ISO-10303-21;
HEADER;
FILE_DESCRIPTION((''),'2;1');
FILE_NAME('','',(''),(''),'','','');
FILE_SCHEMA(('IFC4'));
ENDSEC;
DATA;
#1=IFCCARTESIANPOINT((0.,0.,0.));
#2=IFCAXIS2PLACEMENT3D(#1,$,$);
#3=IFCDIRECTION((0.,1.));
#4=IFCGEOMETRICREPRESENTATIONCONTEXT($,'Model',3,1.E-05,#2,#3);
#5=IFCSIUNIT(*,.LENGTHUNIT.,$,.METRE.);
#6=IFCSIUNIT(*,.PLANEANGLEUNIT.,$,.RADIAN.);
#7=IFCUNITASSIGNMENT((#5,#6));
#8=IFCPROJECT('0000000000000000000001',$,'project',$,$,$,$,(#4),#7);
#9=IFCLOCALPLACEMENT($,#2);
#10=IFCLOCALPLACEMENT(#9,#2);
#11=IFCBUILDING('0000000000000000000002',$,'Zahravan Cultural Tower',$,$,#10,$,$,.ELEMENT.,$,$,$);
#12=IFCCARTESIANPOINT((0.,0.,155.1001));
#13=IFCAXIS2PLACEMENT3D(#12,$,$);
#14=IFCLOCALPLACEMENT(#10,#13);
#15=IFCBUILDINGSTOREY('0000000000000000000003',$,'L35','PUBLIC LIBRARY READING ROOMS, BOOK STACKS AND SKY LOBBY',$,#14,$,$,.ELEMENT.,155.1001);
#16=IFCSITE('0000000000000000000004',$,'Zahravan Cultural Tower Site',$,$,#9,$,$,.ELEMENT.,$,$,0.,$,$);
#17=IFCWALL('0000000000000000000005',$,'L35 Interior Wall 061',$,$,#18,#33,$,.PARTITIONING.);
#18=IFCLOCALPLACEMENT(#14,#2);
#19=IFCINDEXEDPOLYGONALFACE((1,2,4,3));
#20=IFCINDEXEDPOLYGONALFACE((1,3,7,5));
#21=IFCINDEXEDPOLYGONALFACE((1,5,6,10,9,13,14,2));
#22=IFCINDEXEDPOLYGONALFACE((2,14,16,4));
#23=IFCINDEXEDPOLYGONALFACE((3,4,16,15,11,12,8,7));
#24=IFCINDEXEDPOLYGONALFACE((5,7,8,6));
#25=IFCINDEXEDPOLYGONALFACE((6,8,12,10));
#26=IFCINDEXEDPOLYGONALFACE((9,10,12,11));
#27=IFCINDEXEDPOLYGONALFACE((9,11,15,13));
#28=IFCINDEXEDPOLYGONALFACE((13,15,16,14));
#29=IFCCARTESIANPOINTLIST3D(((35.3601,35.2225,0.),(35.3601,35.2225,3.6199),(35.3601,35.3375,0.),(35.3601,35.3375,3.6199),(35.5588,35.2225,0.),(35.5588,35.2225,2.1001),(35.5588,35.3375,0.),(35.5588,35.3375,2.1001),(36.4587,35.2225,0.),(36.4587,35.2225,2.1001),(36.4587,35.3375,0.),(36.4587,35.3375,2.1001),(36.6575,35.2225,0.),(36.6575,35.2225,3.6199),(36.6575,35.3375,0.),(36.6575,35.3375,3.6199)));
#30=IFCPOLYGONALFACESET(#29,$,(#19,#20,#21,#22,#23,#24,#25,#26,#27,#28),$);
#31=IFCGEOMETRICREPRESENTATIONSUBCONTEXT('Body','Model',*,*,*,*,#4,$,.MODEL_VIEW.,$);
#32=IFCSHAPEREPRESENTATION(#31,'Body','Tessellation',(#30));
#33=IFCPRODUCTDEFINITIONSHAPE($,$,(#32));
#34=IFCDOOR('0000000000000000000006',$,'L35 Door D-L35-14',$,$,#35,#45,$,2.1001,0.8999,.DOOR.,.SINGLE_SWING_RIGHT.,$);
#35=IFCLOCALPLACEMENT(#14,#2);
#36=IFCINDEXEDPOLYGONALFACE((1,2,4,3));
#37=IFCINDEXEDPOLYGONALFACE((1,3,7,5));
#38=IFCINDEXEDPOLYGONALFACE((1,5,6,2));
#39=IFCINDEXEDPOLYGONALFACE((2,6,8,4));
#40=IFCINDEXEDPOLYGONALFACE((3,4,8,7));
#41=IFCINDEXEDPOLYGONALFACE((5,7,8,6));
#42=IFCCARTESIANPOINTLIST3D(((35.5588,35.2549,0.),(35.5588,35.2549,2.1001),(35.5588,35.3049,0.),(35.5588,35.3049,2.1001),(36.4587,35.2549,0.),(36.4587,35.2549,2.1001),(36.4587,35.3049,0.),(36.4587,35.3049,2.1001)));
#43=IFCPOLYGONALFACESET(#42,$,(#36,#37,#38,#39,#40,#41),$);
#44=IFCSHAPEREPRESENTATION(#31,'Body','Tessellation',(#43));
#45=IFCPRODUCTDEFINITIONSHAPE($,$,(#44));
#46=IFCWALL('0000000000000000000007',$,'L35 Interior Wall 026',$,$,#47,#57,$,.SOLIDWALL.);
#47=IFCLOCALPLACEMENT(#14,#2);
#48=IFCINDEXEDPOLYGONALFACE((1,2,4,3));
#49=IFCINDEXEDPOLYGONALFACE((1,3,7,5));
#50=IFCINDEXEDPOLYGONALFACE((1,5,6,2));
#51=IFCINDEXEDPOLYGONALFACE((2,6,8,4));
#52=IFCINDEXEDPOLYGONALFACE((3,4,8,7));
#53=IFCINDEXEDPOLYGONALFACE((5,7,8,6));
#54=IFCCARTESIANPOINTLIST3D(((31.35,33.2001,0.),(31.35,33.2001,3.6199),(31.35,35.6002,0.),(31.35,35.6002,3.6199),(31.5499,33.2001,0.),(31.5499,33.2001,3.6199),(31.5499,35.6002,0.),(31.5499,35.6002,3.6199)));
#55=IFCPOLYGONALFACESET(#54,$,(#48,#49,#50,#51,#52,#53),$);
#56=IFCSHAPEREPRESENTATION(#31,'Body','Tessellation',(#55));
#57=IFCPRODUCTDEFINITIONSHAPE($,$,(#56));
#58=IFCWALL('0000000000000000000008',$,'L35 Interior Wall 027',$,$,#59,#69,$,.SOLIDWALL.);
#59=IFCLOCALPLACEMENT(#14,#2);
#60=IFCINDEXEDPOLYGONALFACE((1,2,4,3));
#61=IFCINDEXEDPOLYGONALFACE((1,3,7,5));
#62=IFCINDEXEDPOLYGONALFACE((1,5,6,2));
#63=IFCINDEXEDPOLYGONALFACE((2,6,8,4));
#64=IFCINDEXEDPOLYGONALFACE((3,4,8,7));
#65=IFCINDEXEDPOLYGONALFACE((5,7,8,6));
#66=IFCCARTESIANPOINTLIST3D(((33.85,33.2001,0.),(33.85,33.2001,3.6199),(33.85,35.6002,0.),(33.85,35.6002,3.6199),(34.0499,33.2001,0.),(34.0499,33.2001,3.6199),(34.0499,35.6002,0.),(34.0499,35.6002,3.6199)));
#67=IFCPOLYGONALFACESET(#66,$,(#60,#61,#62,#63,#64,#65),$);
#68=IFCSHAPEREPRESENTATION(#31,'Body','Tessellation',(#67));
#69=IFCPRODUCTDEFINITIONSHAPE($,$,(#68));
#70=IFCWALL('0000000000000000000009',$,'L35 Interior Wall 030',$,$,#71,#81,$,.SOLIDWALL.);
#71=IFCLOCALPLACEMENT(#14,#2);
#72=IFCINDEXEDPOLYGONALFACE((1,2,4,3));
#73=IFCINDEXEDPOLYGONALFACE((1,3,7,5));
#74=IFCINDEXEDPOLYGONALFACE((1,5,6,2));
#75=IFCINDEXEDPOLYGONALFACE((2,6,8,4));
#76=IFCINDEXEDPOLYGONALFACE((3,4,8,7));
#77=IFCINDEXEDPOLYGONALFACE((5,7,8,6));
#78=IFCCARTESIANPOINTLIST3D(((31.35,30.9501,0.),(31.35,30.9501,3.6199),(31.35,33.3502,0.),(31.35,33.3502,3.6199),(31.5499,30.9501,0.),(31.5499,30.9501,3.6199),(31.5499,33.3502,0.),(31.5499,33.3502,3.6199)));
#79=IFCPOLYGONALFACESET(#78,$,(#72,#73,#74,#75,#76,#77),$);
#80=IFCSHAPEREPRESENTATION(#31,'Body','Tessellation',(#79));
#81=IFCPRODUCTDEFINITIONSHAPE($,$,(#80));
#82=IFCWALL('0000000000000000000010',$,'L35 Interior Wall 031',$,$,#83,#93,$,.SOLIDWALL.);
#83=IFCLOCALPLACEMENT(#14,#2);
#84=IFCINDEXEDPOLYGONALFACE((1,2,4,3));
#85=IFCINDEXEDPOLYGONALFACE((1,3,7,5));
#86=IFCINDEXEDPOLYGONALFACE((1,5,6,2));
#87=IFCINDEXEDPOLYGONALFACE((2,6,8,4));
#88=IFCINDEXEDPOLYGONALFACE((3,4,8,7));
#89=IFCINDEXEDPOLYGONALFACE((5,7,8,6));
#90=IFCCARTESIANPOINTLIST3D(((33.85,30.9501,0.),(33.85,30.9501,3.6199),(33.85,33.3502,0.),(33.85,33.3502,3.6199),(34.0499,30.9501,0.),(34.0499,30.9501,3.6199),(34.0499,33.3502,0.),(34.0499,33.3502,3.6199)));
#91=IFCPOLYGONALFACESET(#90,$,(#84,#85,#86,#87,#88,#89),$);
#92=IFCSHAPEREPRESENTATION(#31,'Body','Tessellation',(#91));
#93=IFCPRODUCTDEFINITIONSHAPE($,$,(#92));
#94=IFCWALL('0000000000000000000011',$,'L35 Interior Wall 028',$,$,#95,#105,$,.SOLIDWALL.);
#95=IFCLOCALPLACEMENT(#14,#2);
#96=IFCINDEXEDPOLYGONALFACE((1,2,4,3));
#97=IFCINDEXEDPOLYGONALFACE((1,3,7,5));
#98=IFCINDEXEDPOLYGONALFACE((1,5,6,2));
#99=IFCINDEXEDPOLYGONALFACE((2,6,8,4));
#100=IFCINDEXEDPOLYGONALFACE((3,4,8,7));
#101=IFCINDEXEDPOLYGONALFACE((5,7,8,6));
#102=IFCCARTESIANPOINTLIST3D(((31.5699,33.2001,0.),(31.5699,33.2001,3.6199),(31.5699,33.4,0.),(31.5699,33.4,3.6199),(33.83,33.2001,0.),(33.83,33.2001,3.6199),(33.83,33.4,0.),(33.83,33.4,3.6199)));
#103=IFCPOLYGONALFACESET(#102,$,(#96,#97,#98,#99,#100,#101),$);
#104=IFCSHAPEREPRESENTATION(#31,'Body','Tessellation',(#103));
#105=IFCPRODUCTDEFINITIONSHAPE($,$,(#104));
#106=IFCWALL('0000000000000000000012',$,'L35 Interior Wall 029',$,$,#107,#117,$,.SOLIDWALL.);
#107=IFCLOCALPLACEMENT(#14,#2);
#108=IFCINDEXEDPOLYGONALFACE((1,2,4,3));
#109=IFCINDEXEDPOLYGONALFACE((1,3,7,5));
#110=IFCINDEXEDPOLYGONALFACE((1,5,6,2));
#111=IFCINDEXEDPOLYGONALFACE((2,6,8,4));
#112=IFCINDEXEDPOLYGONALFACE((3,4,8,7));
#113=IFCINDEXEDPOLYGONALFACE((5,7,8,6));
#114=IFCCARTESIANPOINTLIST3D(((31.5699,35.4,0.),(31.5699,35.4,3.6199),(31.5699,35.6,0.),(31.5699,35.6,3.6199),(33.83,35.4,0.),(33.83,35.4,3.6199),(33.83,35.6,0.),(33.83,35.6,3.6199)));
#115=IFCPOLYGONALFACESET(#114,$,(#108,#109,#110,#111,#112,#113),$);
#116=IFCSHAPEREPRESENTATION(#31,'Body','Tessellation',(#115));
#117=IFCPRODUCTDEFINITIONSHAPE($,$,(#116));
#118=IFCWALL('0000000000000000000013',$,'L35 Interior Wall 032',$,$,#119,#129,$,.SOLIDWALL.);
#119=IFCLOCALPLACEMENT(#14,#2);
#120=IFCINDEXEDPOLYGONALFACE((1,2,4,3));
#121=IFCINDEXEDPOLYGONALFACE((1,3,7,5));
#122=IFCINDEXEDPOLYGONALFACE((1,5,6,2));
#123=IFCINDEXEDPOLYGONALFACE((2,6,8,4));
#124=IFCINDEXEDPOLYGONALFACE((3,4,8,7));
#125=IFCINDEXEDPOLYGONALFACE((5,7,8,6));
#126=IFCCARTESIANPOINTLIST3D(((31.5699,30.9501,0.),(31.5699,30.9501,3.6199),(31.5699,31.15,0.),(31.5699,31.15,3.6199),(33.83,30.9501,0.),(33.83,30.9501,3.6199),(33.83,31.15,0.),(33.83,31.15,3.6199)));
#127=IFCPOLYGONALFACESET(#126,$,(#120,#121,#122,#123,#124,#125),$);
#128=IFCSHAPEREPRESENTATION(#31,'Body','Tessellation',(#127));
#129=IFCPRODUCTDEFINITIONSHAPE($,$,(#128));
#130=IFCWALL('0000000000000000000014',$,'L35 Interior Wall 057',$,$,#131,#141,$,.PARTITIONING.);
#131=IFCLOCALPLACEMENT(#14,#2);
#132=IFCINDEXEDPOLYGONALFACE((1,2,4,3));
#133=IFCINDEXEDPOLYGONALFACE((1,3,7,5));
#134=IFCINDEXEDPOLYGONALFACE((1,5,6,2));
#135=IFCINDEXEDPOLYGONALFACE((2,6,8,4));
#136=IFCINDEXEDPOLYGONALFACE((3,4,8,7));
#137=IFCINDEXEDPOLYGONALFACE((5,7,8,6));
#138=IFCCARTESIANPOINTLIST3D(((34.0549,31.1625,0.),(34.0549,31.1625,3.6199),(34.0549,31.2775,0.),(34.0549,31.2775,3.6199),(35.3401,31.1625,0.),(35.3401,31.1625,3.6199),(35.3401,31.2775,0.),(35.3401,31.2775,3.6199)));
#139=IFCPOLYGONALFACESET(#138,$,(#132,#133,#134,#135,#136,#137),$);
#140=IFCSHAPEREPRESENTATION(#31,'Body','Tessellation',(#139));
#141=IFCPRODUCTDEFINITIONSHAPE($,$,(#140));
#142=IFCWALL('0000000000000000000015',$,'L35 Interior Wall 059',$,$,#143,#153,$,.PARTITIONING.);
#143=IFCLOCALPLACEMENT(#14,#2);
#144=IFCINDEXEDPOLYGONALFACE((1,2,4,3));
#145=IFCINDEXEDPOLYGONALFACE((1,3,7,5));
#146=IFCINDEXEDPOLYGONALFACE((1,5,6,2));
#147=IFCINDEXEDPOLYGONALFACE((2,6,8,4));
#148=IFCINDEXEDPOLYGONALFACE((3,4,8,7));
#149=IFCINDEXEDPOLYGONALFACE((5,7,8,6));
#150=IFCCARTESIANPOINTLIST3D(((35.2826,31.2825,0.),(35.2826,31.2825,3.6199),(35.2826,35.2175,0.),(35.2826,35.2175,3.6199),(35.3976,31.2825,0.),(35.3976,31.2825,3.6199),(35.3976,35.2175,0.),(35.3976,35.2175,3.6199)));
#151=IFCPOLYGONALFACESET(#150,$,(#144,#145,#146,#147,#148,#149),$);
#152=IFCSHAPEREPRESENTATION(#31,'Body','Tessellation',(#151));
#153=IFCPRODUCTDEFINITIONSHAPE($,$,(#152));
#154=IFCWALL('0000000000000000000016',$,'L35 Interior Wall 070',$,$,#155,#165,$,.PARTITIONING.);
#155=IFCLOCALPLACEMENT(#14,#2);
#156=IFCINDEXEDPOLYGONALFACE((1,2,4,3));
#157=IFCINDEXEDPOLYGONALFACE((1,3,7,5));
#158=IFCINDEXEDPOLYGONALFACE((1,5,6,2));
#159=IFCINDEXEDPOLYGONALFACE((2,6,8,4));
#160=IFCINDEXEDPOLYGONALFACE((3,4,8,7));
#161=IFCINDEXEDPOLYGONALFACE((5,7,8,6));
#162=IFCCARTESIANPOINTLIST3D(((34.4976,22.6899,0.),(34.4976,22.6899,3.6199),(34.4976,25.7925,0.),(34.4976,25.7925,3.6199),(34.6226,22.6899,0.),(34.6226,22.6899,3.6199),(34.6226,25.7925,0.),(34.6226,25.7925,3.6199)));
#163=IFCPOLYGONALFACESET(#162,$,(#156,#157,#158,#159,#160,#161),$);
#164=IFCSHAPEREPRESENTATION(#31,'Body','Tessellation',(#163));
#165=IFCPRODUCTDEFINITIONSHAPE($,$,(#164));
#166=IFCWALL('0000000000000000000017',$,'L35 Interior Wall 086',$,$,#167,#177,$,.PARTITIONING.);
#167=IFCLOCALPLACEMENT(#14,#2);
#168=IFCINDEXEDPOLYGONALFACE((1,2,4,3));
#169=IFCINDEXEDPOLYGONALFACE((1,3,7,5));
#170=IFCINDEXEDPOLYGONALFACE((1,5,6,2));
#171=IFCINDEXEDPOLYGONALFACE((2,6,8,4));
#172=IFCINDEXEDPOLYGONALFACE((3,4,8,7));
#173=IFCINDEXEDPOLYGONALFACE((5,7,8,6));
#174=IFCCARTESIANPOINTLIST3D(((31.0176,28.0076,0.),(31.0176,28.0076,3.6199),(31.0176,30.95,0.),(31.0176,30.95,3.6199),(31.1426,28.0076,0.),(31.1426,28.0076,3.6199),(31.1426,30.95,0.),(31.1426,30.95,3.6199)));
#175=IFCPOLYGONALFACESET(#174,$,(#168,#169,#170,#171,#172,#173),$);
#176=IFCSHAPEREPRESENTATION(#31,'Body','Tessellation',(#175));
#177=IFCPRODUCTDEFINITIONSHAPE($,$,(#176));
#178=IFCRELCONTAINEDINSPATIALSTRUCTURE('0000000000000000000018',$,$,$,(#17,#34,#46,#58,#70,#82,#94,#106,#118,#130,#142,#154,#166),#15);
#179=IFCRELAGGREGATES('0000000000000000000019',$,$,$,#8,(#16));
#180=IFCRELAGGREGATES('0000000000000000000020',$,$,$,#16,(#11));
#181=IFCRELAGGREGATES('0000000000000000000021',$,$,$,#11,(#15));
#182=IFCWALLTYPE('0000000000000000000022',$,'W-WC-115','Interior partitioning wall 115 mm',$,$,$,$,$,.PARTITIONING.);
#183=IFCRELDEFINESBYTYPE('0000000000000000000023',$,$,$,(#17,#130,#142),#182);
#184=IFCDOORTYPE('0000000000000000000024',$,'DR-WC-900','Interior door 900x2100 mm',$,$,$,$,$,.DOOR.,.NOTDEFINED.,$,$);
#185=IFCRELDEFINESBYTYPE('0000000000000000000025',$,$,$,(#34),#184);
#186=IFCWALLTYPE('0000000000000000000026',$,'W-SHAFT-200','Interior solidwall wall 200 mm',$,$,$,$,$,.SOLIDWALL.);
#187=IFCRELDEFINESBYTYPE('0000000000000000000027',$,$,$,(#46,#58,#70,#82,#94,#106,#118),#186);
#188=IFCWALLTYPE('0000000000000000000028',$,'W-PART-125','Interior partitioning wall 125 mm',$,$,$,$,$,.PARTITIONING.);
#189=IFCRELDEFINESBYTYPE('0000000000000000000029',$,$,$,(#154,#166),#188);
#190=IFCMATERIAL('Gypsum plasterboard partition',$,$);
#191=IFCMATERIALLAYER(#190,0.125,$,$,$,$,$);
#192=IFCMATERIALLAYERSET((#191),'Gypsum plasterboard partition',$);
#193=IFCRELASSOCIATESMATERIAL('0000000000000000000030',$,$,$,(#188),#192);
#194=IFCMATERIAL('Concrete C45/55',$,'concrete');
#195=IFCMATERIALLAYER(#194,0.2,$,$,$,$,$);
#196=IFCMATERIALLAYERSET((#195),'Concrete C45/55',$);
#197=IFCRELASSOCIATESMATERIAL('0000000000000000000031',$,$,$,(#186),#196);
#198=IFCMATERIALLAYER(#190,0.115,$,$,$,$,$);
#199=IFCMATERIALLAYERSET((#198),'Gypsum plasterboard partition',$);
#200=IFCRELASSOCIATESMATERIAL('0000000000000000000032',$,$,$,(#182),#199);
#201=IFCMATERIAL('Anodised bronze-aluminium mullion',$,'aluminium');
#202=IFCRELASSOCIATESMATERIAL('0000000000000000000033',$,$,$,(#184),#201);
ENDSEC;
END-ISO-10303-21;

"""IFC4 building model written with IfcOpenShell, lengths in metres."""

from ifc_helpers import new_model, si_unit, direction, frame, frame_2d, origin, place, context, subcontext, project, spatial, rectangle, extrude, source, transform, mapped, material, layer, layer_set, type_object, element, fill, save


model = new_model("IFC4")

# Units and contexts
model_context = context("Model", 3, precision=1e-05, world=origin(), true_north=direction((0.0, 1.0)))
body_context = subcontext(model_context, "Body", "Model", "MODEL_VIEW")
ifc_project = project(units=[si_unit("LENGTHUNIT", "METRE"), si_unit("PLANEANGLEUNIT", "RADIAN")], contexts=[model_context])

# Site, building, storey
site_placement = place(None, origin())
site = spatial("IfcSite", under=ifc_project, at=site_placement, Name="Zahravan Cultural Tower Site", CompositionType="ELEMENT", RefElevation=0.0)
building_placement = place(site_placement, origin())
building = spatial("IfcBuilding", under=site, at=building_placement, Name="Zahravan Cultural Tower", CompositionType="ELEMENT")
storey_placement = place(building_placement, frame((0.0, 0.0, 155.1001)))
storey = spatial("IfcBuildingStorey", under=building, at=storey_placement, Name="L35", Description="PUBLIC LIBRARY READING ROOMS, BOOK STACKS AND SKY LOBBY", CompositionType="ELEMENT", Elevation=155.1001)

# Wall, opening, door
ifc_material_1 = material(Name="Gypsum plasterboard partition")
ifc_layer_1 = layer(ifc_material_1, 0.125)
ifc_layer_set_1 = layer_set([ifc_layer_1], Name="Gypsum plasterboard partition")
wall_type_1 = type_object("IfcWallType", Name="W-PART-125", Description="Interior partitioning wall 125 mm", PredefinedType="PARTITIONING", material=ifc_layer_set_1)
ifc_material_2 = material(Name="Anodised bronze-aluminium mullion", Category="aluminium")
ifc_material_3 = material(Name="Concrete C45/55", Category="concrete")
ifc_layer_2 = layer(ifc_material_3, 0.2)
ifc_layer_set_2 = layer_set([ifc_layer_2], Name="Concrete C45/55")
wall_type_2 = type_object("IfcWallType", Name="W-SHAFT-200", Description="Interior solidwall wall 200 mm", PredefinedType="SOLIDWALL", material=ifc_layer_set_2)
ifc_layer_3 = layer(ifc_material_1, 0.115)
ifc_layer_set_3 = layer_set([ifc_layer_3], Name="Gypsum plasterboard partition")
wall_type_3 = type_object("IfcWallType", Name="W-WC-115", Description="Interior partitioning wall 115 mm", PredefinedType="PARTITIONING", material=ifc_layer_set_3)
door_type_1 = type_object("IfcDoorType", Name="DR-WC-900", Description="Interior door 900x2100 mm", OperationType="NOTDEFINED", PredefinedType="DOOR", material=ifc_material_2)
shared_shape_1 = source(origin(), body_context, "Body", "SweptSolid", [
    extrude(rectangle(XDim=0.8999, YDim=2.1001, at=frame_2d((0.45, 1.05))), frame((0.0, 0.0249, 0.0), z_axis=(0.0, -1.0, 0.0), x_axis=(1.0, 0.0, 0.0)), (0.0, 0.0, 1.0), 0.05),
])
wall_1_placement = place(storey_placement, frame((35.3601, 35.28, 0.0), z_axis=(0.0, 0.0, 1.0), x_axis=(1.0, 0.0, 0.0)))
wall_1 = element("IfcWall", 1, at=wall_1_placement, inside=storey, type_object=wall_type_3, Name="L35 Interior Wall 061", PredefinedType="PARTITIONING", context=body_context, shape_type="SweptSolid", body=[
    extrude(rectangle(XDim=1.2974, YDim=0.115, at=frame_2d((0.6487, 0.0))), origin(), (0.0, 0.0, 1.0), 3.6199),
])
opening_1_placement = place(wall_1_placement, frame((0.1987, 0.0, 0.0)))
opening_1 = element("IfcOpeningElement", 2, at=opening_1_placement, cuts=wall_1, PredefinedType="OPENING", context=body_context, shape_type="SweptSolid", body=[
    extrude(rectangle(XDim=0.8999, YDim=2.1001, at=frame_2d((0.45, 1.05))), frame((0.0, 0.0674, 0.0), z_axis=(0.0, -1.0, 0.0), x_axis=(1.0, 0.0, 0.0)), (0.0, 0.0, 1.0), 0.135),
])
door_1_placement = place(opening_1_placement, origin())
door_1 = element("IfcDoor", 3, at=door_1_placement, inside=storey, type_object=door_type_1, Name="L35 Door D-L35-14", OperationType="SINGLE_SWING_RIGHT", OverallHeight=2.1001, OverallWidth=0.8999, PredefinedType="DOOR", context=body_context, shape_type="MappedRepresentation", body=[
    mapped(shared_shape_1, transform((0.0, 0.0, 0.0), x_axis=(1.0, 0.0, 0.0), y_axis=(0.0, 1.0, 0.0), z_axis=(0.0, 0.0, 1.0), scale=1.0)),
])
fill(opening_1, door_1)

# Walls
shared_shape_2 = source(origin(), body_context, "Body", "SweptSolid", [
    extrude(rectangle(XDim=2.4001, YDim=0.2, at=frame_2d((1.2002, 0.0))), origin(), (0.0, 0.0, 1.0), 3.6199),
])
for number, where, z_axis, x_axis, name in (
    (4, (31.45, 33.2, 0.0), (0.0, 0.0, 1.0), (0.0, 1.0, 0.0), "L35 Interior Wall 026"),
    (5, (33.95, 33.2, 0.0), (0.0, 0.0, 1.0), (0.0, 1.0, 0.0), "L35 Interior Wall 027"),
    (6, (31.45, 30.95, 0.0), (0.0, 0.0, 1.0), (0.0, 1.0, 0.0), "L35 Interior Wall 030"),
    (7, (33.95, 30.95, 0.0), (0.0, 0.0, 1.0), (0.0, 1.0, 0.0), "L35 Interior Wall 031"),
):
    element("IfcWall", number, at=place(storey_placement, frame(where, z_axis=z_axis, x_axis=x_axis)), inside=storey, type_object=wall_type_2, Name=name, PredefinedType="SOLIDWALL", context=body_context, shape_type="MappedRepresentation", body=[
        mapped(shared_shape_2, transform((0.0, 0.0, 0.0), x_axis=(1.0, 0.0, 0.0), y_axis=(0.0, 1.0, 0.0), z_axis=(0.0, 0.0, 1.0), scale=1.0)),
    ])
shared_shape_3 = source(origin(), body_context, "Body", "SweptSolid", [
    extrude(rectangle(XDim=2.26, YDim=0.2, at=frame_2d((1.1299, 0.0))), origin(), (0.0, 0.0, 1.0), 3.6199),
])
for number, where, z_axis, x_axis, name in (
    (8, (31.5701, 33.3, 0.0), (0.0, 0.0, 1.0), (1.0, 0.0, 0.0), "L35 Interior Wall 028"),
    (9, (31.5701, 35.5, 0.0), (0.0, 0.0, 1.0), (1.0, 0.0, 0.0), "L35 Interior Wall 029"),
    (10, (31.5701, 31.05, 0.0), (0.0, 0.0, 1.0), (1.0, 0.0, 0.0), "L35 Interior Wall 032"),
):
    element("IfcWall", number, at=place(storey_placement, frame(where, z_axis=z_axis, x_axis=x_axis)), inside=storey, type_object=wall_type_2, Name=name, PredefinedType="SOLIDWALL", context=body_context, shape_type="MappedRepresentation", body=[
        mapped(shared_shape_3, transform((0.0, 0.0, 0.0), x_axis=(1.0, 0.0, 0.0), y_axis=(0.0, 1.0, 0.0), z_axis=(0.0, 0.0, 1.0), scale=1.0)),
    ])
shared_shape_4 = source(origin(), body_context, "Body", "SweptSolid", [
    extrude(rectangle(XDim=1.2852, YDim=0.115, at=frame_2d((0.6426, 0.0))), origin(), (0.0, 0.0, 1.0), 3.6199),
])
wall_2_placement = place(storey_placement, frame((35.3401, 31.22, 0.0), z_axis=(0.0, 0.0, 1.0), x_axis=(-1.0, 0.0, 0.0)))
element("IfcWall", 11, at=wall_2_placement, inside=storey, type_object=wall_type_3, Name="L35 Interior Wall 057", PredefinedType="PARTITIONING", context=body_context, shape_type="MappedRepresentation", body=[
    mapped(shared_shape_4, transform((0.0, 0.0, 0.0), x_axis=(1.0, 0.0, 0.0), y_axis=(0.0, 1.0, 0.0), z_axis=(0.0, 0.0, 1.0), scale=1.0)),
])
shared_shape_5 = source(origin(), body_context, "Body", "SweptSolid", [
    extrude(rectangle(XDim=3.9351, YDim=0.115, at=frame_2d((1.9675, 0.0))), origin(), (0.0, 0.0, 1.0), 3.6199),
])
wall_3_placement = place(storey_placement, frame((35.3401, 35.2175, 0.0), z_axis=(0.0, 0.0, 1.0), x_axis=(0.0, -1.0, 0.0)))
element("IfcWall", 12, at=wall_3_placement, inside=storey, type_object=wall_type_3, Name="L35 Interior Wall 059", PredefinedType="PARTITIONING", context=body_context, shape_type="MappedRepresentation", body=[
    mapped(shared_shape_5, transform((0.0, 0.0, 0.0), x_axis=(1.0, 0.0, 0.0), y_axis=(0.0, 1.0, 0.0), z_axis=(0.0, 0.0, 1.0), scale=1.0)),
])
shared_shape_6 = source(origin(), body_context, "Body", "SweptSolid", [
    extrude(rectangle(XDim=3.1025, YDim=0.125, at=frame_2d((1.5513, 0.0))), origin(), (0.0, 0.0, 1.0), 3.6199),
])
wall_4_placement = place(storey_placement, frame((34.5601, 25.7925, 0.0), z_axis=(0.0, 0.0, 1.0), x_axis=(0.0, -1.0, 0.0)))
element("IfcWall", 13, at=wall_4_placement, inside=storey, type_object=wall_type_1, Name="L35 Interior Wall 070", PredefinedType="PARTITIONING", context=body_context, shape_type="MappedRepresentation", body=[
    mapped(shared_shape_6, transform((0.0, 0.0, 0.0), x_axis=(1.0, 0.0, 0.0), y_axis=(0.0, 1.0, 0.0), z_axis=(0.0, 0.0, 1.0), scale=1.0)),
])
shared_shape_7 = source(origin(), body_context, "Body", "SweptSolid", [
    extrude(rectangle(XDim=2.9424, YDim=0.125, at=frame_2d((1.4712, 0.0))), origin(), (0.0, 0.0, 1.0), 3.6199),
])
wall_5_placement = place(storey_placement, frame((31.0801, 28.0076, 0.0), z_axis=(0.0, 0.0, 1.0), x_axis=(0.0, 1.0, 0.0)))
element("IfcWall", 14, at=wall_5_placement, inside=storey, type_object=wall_type_1, Name="L35 Interior Wall 086", PredefinedType="PARTITIONING", context=body_context, shape_type="MappedRepresentation", body=[
    mapped(shared_shape_7, transform((0.0, 0.0, 0.0), x_axis=(1.0, 0.0, 0.0), y_axis=(0.0, 1.0, 0.0), z_axis=(0.0, 0.0, 1.0), scale=1.0)),
])

save(model, "model.ifc")
